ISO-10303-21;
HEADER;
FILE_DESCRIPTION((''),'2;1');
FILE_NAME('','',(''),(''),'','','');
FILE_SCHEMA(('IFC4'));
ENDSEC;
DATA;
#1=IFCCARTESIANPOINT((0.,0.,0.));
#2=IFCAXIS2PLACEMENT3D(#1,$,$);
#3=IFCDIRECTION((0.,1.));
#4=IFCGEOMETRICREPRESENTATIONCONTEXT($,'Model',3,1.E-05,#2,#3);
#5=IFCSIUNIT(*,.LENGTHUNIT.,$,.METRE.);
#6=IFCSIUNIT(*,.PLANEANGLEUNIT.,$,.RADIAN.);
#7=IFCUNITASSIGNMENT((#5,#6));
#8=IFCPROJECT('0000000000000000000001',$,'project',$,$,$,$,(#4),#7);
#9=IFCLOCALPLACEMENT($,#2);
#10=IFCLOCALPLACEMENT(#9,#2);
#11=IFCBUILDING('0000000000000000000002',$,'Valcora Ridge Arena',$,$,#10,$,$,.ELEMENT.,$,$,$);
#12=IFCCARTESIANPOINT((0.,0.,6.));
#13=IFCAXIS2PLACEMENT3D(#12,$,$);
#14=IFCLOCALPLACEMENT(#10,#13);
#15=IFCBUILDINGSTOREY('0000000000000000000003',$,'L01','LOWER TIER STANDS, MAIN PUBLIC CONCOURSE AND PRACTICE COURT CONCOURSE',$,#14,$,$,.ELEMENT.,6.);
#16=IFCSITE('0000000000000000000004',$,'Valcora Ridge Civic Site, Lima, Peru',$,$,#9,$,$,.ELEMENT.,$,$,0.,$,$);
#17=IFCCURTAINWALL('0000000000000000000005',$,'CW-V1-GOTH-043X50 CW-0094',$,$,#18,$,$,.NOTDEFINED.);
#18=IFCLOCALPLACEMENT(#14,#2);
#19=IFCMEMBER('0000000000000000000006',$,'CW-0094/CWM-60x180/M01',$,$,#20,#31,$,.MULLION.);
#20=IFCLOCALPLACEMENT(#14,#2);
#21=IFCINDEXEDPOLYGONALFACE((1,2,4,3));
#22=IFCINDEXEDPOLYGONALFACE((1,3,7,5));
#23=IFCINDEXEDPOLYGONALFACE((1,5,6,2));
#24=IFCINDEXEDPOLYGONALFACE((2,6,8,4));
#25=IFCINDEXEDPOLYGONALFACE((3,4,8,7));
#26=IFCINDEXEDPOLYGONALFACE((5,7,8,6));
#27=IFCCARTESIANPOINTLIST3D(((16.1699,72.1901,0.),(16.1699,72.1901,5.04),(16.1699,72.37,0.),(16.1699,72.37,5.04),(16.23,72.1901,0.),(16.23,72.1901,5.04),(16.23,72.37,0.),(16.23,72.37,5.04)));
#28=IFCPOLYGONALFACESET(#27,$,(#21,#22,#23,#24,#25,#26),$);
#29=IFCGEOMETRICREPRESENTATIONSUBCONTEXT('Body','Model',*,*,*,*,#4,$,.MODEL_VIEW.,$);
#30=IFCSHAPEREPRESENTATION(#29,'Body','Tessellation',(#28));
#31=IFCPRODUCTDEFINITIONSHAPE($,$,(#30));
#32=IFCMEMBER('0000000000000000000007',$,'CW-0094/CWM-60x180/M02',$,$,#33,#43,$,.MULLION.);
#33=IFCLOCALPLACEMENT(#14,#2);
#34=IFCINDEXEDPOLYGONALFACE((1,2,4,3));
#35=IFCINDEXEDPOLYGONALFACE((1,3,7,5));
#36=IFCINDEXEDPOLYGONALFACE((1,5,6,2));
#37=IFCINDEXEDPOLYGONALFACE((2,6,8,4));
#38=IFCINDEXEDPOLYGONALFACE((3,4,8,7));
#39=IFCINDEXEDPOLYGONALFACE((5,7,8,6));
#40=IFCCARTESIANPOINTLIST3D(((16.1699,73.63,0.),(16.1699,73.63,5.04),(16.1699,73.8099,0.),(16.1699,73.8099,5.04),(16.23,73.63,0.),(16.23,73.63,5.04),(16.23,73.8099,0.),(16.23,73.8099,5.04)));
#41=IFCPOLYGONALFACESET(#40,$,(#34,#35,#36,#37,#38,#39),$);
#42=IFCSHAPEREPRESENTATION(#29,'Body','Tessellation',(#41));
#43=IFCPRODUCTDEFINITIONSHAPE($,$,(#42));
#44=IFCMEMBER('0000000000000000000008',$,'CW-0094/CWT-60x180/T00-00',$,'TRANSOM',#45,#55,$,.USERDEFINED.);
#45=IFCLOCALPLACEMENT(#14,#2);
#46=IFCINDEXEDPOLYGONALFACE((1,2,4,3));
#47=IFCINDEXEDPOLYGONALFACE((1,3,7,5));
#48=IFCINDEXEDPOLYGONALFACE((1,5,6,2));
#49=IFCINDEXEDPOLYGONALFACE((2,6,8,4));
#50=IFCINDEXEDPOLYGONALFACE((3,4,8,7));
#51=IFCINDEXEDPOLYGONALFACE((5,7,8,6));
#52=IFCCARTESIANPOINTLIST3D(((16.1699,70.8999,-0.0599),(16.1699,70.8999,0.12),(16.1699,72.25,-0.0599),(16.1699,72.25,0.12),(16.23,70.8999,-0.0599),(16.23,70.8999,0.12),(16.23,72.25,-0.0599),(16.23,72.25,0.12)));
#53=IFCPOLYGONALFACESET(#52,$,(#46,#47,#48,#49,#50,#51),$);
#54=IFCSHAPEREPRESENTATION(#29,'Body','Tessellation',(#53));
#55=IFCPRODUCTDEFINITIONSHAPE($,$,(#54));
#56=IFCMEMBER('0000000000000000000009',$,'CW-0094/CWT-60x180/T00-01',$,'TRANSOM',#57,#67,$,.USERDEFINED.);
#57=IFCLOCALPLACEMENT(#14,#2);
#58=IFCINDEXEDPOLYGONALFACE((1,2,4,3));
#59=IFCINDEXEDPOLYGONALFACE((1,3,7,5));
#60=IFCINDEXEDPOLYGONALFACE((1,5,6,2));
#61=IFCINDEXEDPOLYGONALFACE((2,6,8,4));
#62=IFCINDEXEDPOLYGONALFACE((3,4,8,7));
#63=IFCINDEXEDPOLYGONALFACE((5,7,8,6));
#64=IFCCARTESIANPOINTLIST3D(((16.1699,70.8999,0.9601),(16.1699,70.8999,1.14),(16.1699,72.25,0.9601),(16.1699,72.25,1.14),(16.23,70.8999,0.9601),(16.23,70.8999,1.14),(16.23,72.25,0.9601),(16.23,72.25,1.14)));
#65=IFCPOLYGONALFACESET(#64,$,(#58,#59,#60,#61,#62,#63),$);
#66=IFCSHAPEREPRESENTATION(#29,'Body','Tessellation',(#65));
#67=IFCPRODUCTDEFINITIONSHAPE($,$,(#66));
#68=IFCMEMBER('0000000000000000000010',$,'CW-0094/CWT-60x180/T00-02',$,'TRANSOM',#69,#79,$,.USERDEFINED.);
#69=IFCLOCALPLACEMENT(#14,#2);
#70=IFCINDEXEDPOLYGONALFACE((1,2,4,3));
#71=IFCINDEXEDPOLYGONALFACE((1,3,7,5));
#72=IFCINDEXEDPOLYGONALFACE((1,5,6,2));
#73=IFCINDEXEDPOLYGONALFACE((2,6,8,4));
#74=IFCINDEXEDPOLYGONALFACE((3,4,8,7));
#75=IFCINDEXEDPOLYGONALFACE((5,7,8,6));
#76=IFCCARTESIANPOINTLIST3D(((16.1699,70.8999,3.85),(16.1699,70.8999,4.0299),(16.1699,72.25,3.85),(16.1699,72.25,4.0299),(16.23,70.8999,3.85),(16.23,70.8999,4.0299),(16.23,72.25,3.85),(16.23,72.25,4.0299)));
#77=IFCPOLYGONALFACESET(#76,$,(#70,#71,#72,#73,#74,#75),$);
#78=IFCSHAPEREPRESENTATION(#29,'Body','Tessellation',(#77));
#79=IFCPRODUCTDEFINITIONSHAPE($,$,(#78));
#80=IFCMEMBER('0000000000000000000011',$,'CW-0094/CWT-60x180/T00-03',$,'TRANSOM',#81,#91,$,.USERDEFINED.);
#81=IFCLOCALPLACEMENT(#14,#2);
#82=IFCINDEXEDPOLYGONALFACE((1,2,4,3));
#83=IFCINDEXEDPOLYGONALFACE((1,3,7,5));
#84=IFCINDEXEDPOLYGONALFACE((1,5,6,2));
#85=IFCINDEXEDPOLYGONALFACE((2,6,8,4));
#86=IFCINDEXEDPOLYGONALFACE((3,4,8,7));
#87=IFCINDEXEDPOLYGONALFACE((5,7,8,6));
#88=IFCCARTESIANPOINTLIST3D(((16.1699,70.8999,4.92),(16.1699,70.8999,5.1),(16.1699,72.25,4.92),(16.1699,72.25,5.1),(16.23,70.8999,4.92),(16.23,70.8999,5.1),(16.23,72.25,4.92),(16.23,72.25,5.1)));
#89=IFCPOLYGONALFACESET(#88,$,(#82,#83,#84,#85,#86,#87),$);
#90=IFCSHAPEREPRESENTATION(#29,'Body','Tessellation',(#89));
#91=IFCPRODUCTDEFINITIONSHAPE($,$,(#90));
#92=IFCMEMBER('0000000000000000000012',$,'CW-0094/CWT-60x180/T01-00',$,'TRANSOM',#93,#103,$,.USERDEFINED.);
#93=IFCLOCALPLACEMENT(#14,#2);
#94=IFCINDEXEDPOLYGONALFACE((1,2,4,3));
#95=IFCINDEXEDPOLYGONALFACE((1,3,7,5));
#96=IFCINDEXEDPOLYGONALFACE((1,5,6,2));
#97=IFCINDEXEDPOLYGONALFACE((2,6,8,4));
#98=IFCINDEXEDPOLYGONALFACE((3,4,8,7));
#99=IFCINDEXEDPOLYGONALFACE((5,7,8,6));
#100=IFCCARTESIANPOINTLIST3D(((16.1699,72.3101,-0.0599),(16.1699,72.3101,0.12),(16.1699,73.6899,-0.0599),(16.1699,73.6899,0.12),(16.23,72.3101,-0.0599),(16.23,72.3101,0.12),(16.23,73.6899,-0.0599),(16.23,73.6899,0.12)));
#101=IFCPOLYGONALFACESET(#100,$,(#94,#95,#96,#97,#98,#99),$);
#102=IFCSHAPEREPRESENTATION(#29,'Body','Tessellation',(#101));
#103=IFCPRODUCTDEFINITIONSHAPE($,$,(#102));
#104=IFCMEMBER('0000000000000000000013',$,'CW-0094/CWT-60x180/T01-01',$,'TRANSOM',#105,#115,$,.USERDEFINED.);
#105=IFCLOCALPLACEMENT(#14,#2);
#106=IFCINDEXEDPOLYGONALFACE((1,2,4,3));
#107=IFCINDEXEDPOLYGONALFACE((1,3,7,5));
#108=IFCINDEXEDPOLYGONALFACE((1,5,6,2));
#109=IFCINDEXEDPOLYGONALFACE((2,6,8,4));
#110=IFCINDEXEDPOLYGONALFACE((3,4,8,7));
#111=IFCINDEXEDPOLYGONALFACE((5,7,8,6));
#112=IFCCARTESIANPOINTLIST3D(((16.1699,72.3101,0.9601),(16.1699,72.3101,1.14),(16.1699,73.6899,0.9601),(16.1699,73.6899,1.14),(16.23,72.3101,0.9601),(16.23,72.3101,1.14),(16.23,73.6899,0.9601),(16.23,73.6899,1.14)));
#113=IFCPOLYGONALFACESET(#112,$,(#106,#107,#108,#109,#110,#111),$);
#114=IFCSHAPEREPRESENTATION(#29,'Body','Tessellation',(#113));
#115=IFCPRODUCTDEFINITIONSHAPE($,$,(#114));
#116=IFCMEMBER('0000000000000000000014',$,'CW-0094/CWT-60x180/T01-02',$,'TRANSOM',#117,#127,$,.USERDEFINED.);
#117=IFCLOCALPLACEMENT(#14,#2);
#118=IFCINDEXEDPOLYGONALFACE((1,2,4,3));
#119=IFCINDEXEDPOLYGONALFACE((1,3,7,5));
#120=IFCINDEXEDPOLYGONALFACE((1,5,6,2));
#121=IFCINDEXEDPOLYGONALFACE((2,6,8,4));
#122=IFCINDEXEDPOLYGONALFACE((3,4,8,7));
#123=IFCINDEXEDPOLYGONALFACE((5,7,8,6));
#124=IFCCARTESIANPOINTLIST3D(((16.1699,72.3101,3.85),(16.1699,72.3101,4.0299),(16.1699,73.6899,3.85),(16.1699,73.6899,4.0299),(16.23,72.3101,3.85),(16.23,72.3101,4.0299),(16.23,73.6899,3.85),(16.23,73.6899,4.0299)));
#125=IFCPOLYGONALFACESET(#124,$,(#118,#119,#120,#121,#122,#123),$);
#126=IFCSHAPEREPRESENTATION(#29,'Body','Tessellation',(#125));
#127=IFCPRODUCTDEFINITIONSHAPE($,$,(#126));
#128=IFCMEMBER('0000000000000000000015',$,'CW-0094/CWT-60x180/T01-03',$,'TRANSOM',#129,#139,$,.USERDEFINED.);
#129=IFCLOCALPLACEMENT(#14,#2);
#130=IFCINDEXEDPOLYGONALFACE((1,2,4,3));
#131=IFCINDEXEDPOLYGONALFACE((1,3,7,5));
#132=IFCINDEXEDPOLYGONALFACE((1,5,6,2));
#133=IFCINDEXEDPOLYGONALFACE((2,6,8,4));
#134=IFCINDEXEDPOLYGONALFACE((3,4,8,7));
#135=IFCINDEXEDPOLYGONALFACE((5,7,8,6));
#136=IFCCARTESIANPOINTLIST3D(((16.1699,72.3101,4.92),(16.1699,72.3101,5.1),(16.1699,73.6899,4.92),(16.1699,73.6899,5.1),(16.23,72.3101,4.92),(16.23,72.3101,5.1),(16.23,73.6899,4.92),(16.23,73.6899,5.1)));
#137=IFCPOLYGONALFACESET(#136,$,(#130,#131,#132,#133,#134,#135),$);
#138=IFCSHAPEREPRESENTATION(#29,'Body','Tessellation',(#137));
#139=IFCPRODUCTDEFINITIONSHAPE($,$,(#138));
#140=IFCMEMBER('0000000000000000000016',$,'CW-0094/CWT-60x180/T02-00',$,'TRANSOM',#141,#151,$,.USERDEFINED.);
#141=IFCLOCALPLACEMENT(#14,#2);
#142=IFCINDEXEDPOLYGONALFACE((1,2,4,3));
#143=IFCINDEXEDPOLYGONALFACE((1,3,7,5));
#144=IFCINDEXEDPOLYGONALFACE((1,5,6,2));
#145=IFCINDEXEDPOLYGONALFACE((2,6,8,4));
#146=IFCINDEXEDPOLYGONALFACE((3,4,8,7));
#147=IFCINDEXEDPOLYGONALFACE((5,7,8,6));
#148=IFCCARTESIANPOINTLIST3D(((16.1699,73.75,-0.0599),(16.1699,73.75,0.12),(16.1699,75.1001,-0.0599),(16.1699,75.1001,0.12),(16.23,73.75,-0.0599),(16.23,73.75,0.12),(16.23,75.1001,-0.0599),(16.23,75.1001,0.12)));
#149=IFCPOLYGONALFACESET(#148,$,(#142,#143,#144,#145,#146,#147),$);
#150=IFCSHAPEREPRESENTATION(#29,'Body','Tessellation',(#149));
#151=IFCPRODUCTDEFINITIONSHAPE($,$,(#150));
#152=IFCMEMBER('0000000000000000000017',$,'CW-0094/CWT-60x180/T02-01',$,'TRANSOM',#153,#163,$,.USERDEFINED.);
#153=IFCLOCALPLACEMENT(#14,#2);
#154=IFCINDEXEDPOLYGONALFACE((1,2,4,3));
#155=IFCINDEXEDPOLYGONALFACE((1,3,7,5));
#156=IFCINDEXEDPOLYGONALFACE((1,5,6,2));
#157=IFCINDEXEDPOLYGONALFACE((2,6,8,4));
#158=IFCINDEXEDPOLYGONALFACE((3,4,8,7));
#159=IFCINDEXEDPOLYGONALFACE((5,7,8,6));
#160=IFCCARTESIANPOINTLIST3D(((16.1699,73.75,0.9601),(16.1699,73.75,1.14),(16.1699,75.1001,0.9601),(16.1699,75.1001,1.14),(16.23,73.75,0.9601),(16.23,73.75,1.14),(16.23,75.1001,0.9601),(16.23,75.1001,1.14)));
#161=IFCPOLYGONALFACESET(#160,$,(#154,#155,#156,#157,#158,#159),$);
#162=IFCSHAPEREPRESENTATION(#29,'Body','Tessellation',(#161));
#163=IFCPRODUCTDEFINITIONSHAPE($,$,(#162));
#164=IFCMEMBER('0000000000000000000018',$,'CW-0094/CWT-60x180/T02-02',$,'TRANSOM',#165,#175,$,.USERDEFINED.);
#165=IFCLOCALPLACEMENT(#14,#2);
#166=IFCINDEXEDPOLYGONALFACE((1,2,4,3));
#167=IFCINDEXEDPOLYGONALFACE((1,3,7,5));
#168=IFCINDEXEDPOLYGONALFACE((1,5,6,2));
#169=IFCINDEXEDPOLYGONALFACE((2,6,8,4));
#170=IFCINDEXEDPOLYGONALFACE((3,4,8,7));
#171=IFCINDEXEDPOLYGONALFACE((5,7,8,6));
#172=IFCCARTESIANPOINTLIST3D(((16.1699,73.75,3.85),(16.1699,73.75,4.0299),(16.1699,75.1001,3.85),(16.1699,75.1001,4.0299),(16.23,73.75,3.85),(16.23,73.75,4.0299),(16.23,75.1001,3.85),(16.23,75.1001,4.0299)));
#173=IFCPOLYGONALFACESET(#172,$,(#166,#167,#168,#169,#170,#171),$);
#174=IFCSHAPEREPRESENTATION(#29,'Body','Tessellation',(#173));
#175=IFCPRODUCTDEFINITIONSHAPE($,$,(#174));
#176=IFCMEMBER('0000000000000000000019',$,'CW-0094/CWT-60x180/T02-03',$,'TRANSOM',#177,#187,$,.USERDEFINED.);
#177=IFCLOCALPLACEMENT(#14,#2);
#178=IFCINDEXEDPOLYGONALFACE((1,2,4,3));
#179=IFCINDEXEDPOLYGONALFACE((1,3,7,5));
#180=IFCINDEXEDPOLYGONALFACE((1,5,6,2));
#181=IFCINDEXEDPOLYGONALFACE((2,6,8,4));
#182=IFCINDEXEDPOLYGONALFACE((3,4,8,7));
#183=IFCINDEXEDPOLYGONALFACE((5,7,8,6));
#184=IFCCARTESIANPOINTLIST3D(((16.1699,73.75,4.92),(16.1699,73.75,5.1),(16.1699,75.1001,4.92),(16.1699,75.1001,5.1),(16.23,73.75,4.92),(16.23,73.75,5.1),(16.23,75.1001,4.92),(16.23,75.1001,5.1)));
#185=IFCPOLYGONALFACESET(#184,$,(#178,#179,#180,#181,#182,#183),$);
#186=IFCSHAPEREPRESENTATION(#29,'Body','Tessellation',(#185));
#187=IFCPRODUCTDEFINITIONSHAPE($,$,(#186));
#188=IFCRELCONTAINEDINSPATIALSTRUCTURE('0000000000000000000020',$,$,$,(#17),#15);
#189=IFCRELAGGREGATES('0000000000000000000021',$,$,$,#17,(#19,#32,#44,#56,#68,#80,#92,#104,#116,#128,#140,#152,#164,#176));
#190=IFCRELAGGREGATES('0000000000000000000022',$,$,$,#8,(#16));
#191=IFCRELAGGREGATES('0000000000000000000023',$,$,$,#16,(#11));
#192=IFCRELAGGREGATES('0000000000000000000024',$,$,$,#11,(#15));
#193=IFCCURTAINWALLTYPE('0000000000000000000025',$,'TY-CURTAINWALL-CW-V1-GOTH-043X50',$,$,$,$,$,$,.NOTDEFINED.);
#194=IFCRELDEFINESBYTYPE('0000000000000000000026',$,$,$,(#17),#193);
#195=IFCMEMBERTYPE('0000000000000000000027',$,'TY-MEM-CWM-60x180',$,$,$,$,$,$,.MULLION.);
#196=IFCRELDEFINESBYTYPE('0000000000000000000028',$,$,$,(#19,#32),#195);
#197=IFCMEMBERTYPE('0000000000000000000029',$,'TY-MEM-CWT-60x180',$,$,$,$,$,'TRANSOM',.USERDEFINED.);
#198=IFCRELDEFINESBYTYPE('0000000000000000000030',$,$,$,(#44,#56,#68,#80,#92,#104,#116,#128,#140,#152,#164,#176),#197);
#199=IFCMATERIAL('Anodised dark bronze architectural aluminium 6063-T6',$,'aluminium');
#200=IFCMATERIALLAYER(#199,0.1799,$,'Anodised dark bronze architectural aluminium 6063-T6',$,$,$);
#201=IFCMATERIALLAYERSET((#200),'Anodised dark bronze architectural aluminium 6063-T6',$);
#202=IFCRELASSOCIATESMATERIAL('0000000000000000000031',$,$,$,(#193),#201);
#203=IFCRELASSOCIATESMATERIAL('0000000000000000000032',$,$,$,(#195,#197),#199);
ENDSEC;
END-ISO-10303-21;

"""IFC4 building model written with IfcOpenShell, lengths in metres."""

from ifc_helpers import new_model, si_unit, direction, frame, origin, origin_2d, place, context, subcontext, project, spatial, rectangle, extrude, material, layer, layer_set, material_profile, profile_set, type_object, element, aggregate, save


model = new_model("IFC4")

# Units and contexts
model_context = context("Model", 3, precision=1e-05, world=origin(), true_north=direction((0.0, 1.0)))
body_context = subcontext(model_context, "Body", "Model", "MODEL_VIEW")
ifc_project = project(units=[si_unit("LENGTHUNIT", "METRE"), si_unit("PLANEANGLEUNIT", "RADIAN")], contexts=[model_context])

# Site, building, storey
site_placement = place(None, origin())
site = spatial("IfcSite", under=ifc_project, at=site_placement, Name="Valcora Ridge Civic Site, Lima, Peru", CompositionType="ELEMENT", RefElevation=0.0)
building_placement = place(site_placement, origin())
building = spatial("IfcBuilding", under=site, at=building_placement, Name="Valcora Ridge Arena", CompositionType="ELEMENT")
storey_placement = place(building_placement, frame((0.0, 0.0, 6.0)))
storey = spatial("IfcBuildingStorey", under=building, at=storey_placement, Name="L01", Description="LOWER TIER STANDS, MAIN PUBLIC CONCOURSE AND PRACTICE COURT CONCOURSE", CompositionType="ELEMENT", Elevation=6.0)

# Curtain wall, members
ifc_material_1 = material(Name="Anodised dark bronze architectural aluminium 6063-T6", Category="aluminium")
ifc_layer_1 = layer(ifc_material_1, 0.1799, Name="Anodised dark bronze architectural aluminium 6063-T6")
ifc_layer_set_1 = layer_set([ifc_layer_1], Name="Anodised dark bronze architectural aluminium 6063-T6")
curtain_wall_type = type_object("IfcCurtainWallType", Name="TY-CURTAINWALL-CW-V1-GOTH-043X50", PredefinedType="NOTDEFINED", material=ifc_layer_set_1)
curtain_wall_placement = place(storey_placement, origin())
curtain_wall = element("IfcCurtainWall", 1, at=curtain_wall_placement, inside=storey, type_object=curtain_wall_type, Name="CW-V1-GOTH-043X50 CW-0094", PredefinedType="NOTDEFINED")
ifc_material_profile_1 = material_profile(ifc_material_1, rectangle(XDim=0.0601, YDim=0.1799, at=origin_2d()), Name="ALU MULLION 60x180")
ifc_profile_set_1 = profile_set([ifc_material_profile_1], Name="Anodised dark bronze architectural aluminium 6063-T6")
member_type_1 = type_object("IfcMemberType", Name="TY-MEM-CWM-60x180", PredefinedType="MULLION", material=ifc_profile_set_1)
member_1_placement = place(storey_placement, frame((16.2, 72.28, 0.0), z_axis=(0.0, 0.0, 1.0), x_axis=(-1.0, 0.0, 0.0)))
member_1 = element("IfcMember", 2, at=member_1_placement, type_object=member_type_1, Name="CW-0094/CWM-60x180/M01", PredefinedType="MULLION", context=body_context, shape_type="SweptSolid", body=[
    extrude(rectangle(XDim=0.0601, YDim=0.1799, at=origin_2d()), origin(), (0.0, 0.0, 1.0), 5.04),
])
member_2_placement = place(storey_placement, frame((16.2, 73.72, 0.0), z_axis=(0.0, 0.0, 1.0), x_axis=(-1.0, 0.0, 0.0)))
member_2 = element("IfcMember", 3, at=member_2_placement, type_object=member_type_1, Name="CW-0094/CWM-60x180/M02", PredefinedType="MULLION", context=body_context, shape_type="SweptSolid", body=[
    extrude(rectangle(XDim=0.0601, YDim=0.1799, at=origin_2d()), origin(), (0.0, 0.0, 1.0), 5.04),
])
ifc_material_profile_2 = material_profile(ifc_material_1, rectangle(XDim=0.0601, YDim=0.1799, at=origin_2d()), Name="ALU TRANSOM 60x180")
ifc_profile_set_2 = profile_set([ifc_material_profile_2], Name="Anodised dark bronze architectural aluminium 6063-T6")
member_type_2 = type_object("IfcMemberType", Name="TY-MEM-CWT-60x180", ElementType="TRANSOM", PredefinedType="USERDEFINED", material=ifc_profile_set_2)
member_3_placement = place(storey_placement, frame((16.2, 70.8999, 0.03), z_axis=(0.0, 1.0, 0.0), x_axis=(-1.0, 0.0, 0.0)))
member_3 = element("IfcMember", 4, at=member_3_placement, type_object=member_type_2, Name="CW-0094/CWT-60x180/T00-00", ObjectType="TRANSOM", PredefinedType="USERDEFINED", context=body_context, shape_type="SweptSolid", body=[
    extrude(rectangle(XDim=0.0601, YDim=0.1799, at=origin_2d()), origin(), (0.0, 0.0, 1.0), 1.3501),
])
member_4_placement = place(storey_placement, frame((16.2, 70.8999, 1.05), z_axis=(0.0, 1.0, 0.0), x_axis=(-1.0, 0.0, 0.0)))
member_4 = element("IfcMember", 5, at=member_4_placement, type_object=member_type_2, Name="CW-0094/CWT-60x180/T00-01", ObjectType="TRANSOM", PredefinedType="USERDEFINED", context=body_context, shape_type="SweptSolid", body=[
    extrude(rectangle(XDim=0.0601, YDim=0.1799, at=origin_2d()), origin(), (0.0, 0.0, 1.0), 1.3501),
])
member_5_placement = place(storey_placement, frame((16.2, 70.8999, 3.9399), z_axis=(0.0, 1.0, 0.0), x_axis=(-1.0, 0.0, 0.0)))
member_5 = element("IfcMember", 6, at=member_5_placement, type_object=member_type_2, Name="CW-0094/CWT-60x180/T00-02", ObjectType="TRANSOM", PredefinedType="USERDEFINED", context=body_context, shape_type="SweptSolid", body=[
    extrude(rectangle(XDim=0.0601, YDim=0.1799, at=origin_2d()), origin(), (0.0, 0.0, 1.0), 1.3501),
])
member_6_placement = place(storey_placement, frame((16.2, 70.8999, 5.01), z_axis=(0.0, 1.0, 0.0), x_axis=(-1.0, 0.0, 0.0)))
member_6 = element("IfcMember", 7, at=member_6_placement, type_object=member_type_2, Name="CW-0094/CWT-60x180/T00-03", ObjectType="TRANSOM", PredefinedType="USERDEFINED", context=body_context, shape_type="SweptSolid", body=[
    extrude(rectangle(XDim=0.0601, YDim=0.1799, at=origin_2d()), origin(), (0.0, 0.0, 1.0), 1.3501),
])
member_7_placement = place(storey_placement, frame((16.2, 72.3101, 0.03), z_axis=(0.0, 1.0, 0.0), x_axis=(-1.0, 0.0, 0.0)))
member_7 = element("IfcMember", 8, at=member_7_placement, type_object=member_type_2, Name="CW-0094/CWT-60x180/T01-00", ObjectType="TRANSOM", PredefinedType="USERDEFINED", context=body_context, shape_type="SweptSolid", body=[
    extrude(rectangle(XDim=0.0601, YDim=0.1799, at=origin_2d()), origin(), (0.0, 0.0, 1.0), 1.3799),
])
member_8_placement = place(storey_placement, frame((16.2, 72.3101, 1.05), z_axis=(0.0, 1.0, 0.0), x_axis=(-1.0, 0.0, 0.0)))
member_8 = element("IfcMember", 9, at=member_8_placement, type_object=member_type_2, Name="CW-0094/CWT-60x180/T01-01", ObjectType="TRANSOM", PredefinedType="USERDEFINED", context=body_context, shape_type="SweptSolid", body=[
    extrude(rectangle(XDim=0.0601, YDim=0.1799, at=origin_2d()), origin(), (0.0, 0.0, 1.0), 1.3799),
])
member_9_placement = place(storey_placement, frame((16.2, 72.3101, 3.9399), z_axis=(0.0, 1.0, 0.0), x_axis=(-1.0, 0.0, 0.0)))
member_9 = element("IfcMember", 10, at=member_9_placement, type_object=member_type_2, Name="CW-0094/CWT-60x180/T01-02", ObjectType="TRANSOM", PredefinedType="USERDEFINED", context=body_context, shape_type="SweptSolid", body=[
    extrude(rectangle(XDim=0.0601, YDim=0.1799, at=origin_2d()), origin(), (0.0, 0.0, 1.0), 1.3799),
])
member_10_placement = place(storey_placement, frame((16.2, 72.3101, 5.01), z_axis=(0.0, 1.0, 0.0), x_axis=(-1.0, 0.0, 0.0)))
member_10 = element("IfcMember", 11, at=member_10_placement, type_object=member_type_2, Name="CW-0094/CWT-60x180/T01-03", ObjectType="TRANSOM", PredefinedType="USERDEFINED", context=body_context, shape_type="SweptSolid", body=[
    extrude(rectangle(XDim=0.0601, YDim=0.1799, at=origin_2d()), origin(), (0.0, 0.0, 1.0), 1.3799),
])
member_11_placement = place(storey_placement, frame((16.2, 73.75, 0.03), z_axis=(0.0, 1.0, 0.0), x_axis=(-1.0, 0.0, 0.0)))
member_11 = element("IfcMember", 12, at=member_11_placement, type_object=member_type_2, Name="CW-0094/CWT-60x180/T02-00", ObjectType="TRANSOM", PredefinedType="USERDEFINED", context=body_context, shape_type="SweptSolid", body=[
    extrude(rectangle(XDim=0.0601, YDim=0.1799, at=origin_2d()), origin(), (0.0, 0.0, 1.0), 1.3501),
])
member_12_placement = place(storey_placement, frame((16.2, 73.75, 1.05), z_axis=(0.0, 1.0, 0.0), x_axis=(-1.0, 0.0, 0.0)))
member_12 = element("IfcMember", 13, at=member_12_placement, type_object=member_type_2, Name="CW-0094/CWT-60x180/T02-01", ObjectType="TRANSOM", PredefinedType="USERDEFINED", context=body_context, shape_type="SweptSolid", body=[
    extrude(rectangle(XDim=0.0601, YDim=0.1799, at=origin_2d()), origin(), (0.0, 0.0, 1.0), 1.3501),
])
member_13_placement = place(storey_placement, frame((16.2, 73.75, 3.9399), z_axis=(0.0, 1.0, 0.0), x_axis=(-1.0, 0.0, 0.0)))
member_13 = element("IfcMember", 14, at=member_13_placement, type_object=member_type_2, Name="CW-0094/CWT-60x180/T02-02", ObjectType="TRANSOM", PredefinedType="USERDEFINED", context=body_context, shape_type="SweptSolid", body=[
    extrude(rectangle(XDim=0.0601, YDim=0.1799, at=origin_2d()), origin(), (0.0, 0.0, 1.0), 1.3501),
])
member_14_placement = place(storey_placement, frame((16.2, 73.75, 5.01), z_axis=(0.0, 1.0, 0.0), x_axis=(-1.0, 0.0, 0.0)))
member_14 = element("IfcMember", 15, at=member_14_placement, type_object=member_type_2, Name="CW-0094/CWT-60x180/T02-03", ObjectType="TRANSOM", PredefinedType="USERDEFINED", context=body_context, shape_type="SweptSolid", body=[
    extrude(rectangle(XDim=0.0601, YDim=0.1799, at=origin_2d()), origin(), (0.0, 0.0, 1.0), 1.3501),
])
aggregate(curtain_wall, [member_1, member_2, member_3, member_4, member_5, member_6, member_7, member_8, member_9, member_10, member_11, member_12, member_13, member_14])

save(model, "model.ifc")
